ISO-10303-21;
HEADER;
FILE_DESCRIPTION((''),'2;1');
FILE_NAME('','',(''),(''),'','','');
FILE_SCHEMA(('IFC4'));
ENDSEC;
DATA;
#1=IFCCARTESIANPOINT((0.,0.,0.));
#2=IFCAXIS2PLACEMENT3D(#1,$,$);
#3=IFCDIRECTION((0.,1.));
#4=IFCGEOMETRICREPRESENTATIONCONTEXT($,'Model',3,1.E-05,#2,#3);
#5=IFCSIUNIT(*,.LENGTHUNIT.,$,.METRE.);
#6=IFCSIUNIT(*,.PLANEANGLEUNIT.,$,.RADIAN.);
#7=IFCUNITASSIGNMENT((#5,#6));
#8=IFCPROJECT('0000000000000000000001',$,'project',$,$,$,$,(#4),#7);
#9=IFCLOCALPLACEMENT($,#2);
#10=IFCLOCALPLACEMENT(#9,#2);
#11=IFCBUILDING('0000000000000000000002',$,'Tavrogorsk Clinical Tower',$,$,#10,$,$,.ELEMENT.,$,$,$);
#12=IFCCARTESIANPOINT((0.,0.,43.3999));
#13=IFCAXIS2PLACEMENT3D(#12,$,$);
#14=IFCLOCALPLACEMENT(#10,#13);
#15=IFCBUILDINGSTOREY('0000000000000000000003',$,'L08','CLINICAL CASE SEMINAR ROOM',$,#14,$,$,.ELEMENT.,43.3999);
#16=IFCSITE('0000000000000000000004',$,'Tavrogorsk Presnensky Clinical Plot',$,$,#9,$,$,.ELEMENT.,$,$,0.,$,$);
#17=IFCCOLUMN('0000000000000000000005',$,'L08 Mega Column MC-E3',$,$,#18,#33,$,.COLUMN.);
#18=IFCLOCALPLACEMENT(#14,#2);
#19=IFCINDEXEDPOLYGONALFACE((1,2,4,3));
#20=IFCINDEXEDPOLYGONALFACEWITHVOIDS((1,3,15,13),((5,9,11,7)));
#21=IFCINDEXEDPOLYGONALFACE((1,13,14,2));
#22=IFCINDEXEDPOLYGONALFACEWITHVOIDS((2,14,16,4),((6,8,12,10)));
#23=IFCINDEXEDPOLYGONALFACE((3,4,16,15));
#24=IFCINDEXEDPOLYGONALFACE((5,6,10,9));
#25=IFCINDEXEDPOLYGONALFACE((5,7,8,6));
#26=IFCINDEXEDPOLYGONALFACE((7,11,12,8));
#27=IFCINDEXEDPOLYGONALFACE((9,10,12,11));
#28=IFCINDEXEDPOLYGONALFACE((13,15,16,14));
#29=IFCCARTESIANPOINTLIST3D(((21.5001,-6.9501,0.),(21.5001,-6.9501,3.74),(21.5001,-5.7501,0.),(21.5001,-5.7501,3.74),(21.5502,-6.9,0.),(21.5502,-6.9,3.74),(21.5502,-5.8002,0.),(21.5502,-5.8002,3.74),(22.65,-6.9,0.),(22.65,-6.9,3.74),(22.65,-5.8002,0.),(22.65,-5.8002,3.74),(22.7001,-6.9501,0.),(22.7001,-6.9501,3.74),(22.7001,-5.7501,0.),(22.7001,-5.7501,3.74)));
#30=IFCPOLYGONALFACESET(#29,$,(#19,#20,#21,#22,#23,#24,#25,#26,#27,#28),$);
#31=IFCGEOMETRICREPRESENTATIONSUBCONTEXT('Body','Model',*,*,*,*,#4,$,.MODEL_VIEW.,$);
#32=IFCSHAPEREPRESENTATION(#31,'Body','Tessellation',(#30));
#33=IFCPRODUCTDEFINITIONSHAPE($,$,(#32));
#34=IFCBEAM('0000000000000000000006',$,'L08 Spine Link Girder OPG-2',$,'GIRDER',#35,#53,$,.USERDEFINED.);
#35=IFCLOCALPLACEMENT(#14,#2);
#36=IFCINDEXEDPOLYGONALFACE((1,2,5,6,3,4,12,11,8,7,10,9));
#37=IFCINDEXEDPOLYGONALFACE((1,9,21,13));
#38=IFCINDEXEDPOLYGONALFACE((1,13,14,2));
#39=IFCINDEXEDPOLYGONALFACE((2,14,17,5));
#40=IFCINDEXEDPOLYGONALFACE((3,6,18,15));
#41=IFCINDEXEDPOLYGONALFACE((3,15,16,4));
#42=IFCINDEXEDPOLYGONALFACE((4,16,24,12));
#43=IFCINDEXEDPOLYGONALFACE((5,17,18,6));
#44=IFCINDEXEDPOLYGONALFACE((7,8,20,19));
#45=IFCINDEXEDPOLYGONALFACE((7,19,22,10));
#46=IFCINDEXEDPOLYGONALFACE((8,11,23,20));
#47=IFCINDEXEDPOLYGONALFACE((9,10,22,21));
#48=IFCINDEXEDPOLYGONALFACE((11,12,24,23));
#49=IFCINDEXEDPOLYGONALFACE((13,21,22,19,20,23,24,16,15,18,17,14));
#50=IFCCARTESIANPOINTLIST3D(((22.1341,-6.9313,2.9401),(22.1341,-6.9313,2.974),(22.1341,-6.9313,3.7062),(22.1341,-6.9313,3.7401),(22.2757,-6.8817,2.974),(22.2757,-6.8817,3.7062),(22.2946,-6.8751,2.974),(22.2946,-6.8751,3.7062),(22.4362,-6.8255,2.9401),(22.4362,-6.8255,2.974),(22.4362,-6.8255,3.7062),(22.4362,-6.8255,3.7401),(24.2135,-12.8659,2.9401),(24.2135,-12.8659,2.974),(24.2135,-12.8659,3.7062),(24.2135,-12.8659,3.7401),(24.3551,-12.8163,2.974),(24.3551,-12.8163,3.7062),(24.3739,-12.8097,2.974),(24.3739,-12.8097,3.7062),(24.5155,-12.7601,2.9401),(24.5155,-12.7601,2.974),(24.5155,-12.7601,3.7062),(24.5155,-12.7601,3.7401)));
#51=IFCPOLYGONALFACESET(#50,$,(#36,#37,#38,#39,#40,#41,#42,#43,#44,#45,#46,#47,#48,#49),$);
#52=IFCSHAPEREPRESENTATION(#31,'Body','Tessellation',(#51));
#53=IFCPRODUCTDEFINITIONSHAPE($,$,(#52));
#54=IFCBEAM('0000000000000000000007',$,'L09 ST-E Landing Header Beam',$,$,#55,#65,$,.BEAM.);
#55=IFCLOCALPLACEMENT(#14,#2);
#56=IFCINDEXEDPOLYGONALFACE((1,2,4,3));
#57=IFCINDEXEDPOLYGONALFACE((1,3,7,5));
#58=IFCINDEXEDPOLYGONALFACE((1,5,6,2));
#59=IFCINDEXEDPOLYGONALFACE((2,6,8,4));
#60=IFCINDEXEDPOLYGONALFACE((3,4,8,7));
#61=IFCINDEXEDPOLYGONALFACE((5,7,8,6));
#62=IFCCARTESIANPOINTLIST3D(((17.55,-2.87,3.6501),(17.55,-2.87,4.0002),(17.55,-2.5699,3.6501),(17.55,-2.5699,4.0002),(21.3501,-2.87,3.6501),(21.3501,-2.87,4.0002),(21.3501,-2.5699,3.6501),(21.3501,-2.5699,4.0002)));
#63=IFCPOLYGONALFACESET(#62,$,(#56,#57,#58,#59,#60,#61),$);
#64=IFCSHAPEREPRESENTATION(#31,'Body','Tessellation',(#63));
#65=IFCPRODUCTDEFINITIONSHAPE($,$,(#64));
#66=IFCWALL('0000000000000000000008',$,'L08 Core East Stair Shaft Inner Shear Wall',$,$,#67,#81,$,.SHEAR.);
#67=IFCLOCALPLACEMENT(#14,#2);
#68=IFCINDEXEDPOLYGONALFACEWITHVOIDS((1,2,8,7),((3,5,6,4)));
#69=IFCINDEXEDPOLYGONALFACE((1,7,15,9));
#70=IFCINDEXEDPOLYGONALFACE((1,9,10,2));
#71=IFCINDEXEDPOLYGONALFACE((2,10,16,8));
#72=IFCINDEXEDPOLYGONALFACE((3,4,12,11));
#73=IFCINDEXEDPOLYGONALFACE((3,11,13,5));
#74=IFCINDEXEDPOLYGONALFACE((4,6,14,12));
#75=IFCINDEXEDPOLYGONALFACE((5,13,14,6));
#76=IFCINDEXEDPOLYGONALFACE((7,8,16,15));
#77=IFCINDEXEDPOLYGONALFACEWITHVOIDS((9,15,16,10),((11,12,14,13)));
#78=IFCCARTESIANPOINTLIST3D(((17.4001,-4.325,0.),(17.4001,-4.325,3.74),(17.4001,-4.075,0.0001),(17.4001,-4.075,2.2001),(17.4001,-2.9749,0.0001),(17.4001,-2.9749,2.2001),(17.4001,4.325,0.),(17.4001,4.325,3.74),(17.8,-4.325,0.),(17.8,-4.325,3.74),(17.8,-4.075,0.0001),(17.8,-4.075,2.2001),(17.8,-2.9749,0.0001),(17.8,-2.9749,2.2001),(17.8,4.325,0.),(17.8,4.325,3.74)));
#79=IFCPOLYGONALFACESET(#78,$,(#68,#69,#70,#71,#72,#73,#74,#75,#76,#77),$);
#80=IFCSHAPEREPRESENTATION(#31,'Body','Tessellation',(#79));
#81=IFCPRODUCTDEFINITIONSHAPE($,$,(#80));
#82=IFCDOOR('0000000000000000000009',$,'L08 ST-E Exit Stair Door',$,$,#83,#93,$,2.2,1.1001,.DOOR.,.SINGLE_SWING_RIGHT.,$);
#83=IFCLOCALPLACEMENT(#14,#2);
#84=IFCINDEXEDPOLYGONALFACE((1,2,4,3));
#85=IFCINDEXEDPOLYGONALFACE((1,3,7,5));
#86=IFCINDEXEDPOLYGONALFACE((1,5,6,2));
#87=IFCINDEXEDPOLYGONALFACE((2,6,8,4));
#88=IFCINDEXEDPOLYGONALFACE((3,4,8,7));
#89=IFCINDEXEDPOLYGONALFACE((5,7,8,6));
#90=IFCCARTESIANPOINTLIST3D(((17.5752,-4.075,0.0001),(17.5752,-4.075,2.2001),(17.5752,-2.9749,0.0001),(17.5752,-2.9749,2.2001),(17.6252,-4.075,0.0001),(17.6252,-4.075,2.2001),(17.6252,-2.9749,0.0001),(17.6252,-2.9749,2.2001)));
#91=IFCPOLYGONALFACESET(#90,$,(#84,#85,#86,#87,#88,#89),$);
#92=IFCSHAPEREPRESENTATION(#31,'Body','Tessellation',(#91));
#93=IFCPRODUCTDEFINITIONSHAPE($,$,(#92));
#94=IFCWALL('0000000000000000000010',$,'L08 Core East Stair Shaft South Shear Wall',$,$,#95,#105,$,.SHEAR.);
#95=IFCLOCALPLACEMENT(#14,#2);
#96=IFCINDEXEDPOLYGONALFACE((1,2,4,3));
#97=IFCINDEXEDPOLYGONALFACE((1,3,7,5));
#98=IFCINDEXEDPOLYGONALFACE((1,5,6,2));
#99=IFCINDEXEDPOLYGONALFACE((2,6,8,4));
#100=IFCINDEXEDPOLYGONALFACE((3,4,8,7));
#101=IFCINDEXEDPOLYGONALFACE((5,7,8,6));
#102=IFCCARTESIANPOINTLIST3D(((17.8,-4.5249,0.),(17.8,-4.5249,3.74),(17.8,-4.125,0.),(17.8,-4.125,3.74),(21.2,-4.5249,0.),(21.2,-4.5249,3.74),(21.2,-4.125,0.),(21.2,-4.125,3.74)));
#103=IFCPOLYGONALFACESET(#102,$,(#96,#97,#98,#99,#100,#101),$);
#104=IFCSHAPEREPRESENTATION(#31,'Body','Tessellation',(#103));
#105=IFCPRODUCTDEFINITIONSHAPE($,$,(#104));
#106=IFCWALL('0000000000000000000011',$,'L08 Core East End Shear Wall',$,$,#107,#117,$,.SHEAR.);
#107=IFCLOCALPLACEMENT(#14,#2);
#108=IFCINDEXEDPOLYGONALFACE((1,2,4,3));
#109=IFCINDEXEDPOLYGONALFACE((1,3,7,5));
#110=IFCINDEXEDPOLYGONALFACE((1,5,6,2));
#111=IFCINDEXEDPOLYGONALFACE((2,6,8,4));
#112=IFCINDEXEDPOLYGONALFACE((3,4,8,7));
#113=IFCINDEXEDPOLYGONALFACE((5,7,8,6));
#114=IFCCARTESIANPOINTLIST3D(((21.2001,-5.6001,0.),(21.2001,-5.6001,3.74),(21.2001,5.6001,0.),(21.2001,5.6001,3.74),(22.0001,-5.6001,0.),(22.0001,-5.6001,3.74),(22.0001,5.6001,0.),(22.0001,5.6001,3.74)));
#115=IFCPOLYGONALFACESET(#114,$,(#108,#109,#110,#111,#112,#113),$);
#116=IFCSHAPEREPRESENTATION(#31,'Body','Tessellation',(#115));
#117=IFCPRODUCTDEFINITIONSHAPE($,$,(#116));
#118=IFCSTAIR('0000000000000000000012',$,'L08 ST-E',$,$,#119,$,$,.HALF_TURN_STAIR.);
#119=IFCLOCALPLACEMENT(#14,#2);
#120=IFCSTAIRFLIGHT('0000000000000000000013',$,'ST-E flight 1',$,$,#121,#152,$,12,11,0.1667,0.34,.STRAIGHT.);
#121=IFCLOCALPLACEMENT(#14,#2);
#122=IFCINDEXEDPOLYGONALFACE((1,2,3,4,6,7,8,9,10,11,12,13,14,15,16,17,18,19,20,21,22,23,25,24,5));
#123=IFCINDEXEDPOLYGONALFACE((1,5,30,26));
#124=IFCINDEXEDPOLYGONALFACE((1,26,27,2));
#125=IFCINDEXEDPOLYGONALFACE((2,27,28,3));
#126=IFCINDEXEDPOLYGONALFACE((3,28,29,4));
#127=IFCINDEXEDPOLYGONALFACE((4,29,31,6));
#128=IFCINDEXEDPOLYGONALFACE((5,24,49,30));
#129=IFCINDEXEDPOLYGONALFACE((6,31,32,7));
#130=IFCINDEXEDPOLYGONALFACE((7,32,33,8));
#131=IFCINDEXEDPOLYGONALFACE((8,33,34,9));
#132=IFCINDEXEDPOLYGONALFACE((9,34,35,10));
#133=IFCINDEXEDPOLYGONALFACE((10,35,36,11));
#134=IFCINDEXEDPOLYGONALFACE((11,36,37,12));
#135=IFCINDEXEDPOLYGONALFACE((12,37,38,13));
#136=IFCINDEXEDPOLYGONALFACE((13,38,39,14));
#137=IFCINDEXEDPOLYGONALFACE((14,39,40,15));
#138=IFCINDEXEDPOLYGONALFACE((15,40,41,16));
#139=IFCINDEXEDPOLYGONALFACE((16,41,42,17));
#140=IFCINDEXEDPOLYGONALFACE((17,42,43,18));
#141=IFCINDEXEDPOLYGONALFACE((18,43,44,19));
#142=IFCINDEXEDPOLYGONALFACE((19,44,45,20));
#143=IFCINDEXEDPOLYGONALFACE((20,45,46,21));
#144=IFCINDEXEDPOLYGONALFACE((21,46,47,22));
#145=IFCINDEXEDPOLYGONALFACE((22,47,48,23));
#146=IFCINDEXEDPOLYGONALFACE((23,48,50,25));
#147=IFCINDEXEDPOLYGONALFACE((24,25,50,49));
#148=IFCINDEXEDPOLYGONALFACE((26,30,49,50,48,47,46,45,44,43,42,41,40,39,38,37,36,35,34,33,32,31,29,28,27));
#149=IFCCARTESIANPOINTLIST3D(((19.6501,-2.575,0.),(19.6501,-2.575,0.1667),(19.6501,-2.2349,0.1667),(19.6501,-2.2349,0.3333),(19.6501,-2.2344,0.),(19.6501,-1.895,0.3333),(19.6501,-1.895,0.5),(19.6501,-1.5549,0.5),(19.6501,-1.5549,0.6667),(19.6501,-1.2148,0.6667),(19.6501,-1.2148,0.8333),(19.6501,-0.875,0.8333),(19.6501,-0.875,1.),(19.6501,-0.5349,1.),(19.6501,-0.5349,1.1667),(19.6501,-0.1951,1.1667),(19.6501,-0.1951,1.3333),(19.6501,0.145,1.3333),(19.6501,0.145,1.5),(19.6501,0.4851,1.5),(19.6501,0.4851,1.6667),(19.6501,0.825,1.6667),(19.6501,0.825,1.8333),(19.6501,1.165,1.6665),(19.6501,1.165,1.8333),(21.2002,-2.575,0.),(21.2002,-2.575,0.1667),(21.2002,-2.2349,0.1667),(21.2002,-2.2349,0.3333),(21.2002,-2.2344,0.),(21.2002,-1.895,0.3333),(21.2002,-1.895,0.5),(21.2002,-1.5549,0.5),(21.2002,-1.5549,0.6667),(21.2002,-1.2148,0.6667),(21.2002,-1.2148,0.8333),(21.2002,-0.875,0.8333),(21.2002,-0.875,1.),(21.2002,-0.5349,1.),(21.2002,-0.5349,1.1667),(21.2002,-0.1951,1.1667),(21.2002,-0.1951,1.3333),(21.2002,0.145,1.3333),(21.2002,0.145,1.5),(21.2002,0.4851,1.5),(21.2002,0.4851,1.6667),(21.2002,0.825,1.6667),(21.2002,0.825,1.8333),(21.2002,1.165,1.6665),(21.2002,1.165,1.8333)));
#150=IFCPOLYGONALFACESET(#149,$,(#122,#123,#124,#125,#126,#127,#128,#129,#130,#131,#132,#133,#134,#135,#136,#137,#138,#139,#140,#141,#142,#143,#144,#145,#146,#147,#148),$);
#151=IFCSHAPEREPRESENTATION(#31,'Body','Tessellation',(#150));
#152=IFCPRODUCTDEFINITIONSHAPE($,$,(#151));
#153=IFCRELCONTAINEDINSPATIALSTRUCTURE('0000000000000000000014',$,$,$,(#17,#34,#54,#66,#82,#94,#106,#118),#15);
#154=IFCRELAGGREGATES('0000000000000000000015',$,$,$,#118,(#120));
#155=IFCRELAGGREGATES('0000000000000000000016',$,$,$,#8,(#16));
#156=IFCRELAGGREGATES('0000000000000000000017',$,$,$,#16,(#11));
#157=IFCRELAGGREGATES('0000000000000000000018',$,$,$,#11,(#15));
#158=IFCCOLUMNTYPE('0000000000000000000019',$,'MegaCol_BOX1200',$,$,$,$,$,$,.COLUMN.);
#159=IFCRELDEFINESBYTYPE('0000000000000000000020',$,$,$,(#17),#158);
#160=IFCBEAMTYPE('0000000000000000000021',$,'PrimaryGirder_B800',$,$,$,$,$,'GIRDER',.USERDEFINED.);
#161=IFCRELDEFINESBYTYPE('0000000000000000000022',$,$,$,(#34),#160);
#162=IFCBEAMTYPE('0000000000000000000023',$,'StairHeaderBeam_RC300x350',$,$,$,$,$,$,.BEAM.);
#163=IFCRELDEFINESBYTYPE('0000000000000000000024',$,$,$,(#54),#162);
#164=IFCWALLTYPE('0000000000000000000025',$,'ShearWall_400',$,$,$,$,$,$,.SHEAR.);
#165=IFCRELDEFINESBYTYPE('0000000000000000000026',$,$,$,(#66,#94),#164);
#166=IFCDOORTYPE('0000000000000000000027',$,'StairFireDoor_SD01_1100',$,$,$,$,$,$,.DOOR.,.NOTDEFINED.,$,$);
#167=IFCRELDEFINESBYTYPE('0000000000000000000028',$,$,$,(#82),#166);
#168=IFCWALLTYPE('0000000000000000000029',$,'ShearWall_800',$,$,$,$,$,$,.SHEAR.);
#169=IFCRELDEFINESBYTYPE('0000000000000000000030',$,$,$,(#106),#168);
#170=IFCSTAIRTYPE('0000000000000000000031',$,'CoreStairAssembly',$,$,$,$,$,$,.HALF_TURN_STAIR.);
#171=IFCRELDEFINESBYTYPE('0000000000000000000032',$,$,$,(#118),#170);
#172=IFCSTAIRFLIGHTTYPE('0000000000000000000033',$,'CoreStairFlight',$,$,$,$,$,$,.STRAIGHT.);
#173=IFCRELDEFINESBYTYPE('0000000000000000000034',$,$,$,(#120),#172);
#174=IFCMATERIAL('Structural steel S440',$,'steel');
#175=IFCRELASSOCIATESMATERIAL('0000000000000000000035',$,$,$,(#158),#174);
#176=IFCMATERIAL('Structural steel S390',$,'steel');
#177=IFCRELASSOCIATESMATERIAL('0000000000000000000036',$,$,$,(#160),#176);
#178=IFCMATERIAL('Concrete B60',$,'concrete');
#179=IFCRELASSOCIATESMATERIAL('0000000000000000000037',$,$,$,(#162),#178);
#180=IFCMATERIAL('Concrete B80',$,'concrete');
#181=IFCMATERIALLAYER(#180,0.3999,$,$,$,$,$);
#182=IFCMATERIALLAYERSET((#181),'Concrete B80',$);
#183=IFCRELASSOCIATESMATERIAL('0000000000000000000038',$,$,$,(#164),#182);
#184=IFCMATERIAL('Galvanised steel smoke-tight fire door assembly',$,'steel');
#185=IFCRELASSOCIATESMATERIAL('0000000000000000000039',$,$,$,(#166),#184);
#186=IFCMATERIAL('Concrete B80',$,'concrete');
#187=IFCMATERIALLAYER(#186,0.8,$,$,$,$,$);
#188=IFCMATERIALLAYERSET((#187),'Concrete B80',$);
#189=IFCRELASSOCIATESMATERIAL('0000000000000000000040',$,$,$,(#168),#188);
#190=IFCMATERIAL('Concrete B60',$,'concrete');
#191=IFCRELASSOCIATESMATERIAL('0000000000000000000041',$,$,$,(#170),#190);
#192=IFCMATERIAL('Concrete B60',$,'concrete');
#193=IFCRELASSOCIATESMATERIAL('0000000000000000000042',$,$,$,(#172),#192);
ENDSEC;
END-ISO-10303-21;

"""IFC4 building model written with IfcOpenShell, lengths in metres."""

from ifc_helpers import new_model, si_unit, direction, frame, frame_2d, origin, origin_2d, place, context, subcontext, project, spatial, polyline, rectangle, hollow_rectangle, i_section, outline, extrude, material, layer, layer_set, material_profile, profile_set, type_object, element, fill, aggregate, save


model = new_model("IFC4")

# Units and contexts
model_context = context("Model", 3, precision=1e-05, world=origin(), true_north=direction((0.0, 1.0)))
body_context = subcontext(model_context, "Body", "Model", "MODEL_VIEW")
ifc_project = project(units=[si_unit("LENGTHUNIT", "METRE"), si_unit("PLANEANGLEUNIT", "RADIAN")], contexts=[model_context])

# Site, building, storey
site_placement = place(None, origin())
site = spatial("IfcSite", under=ifc_project, at=site_placement, Name="Tavrogorsk Presnensky Clinical Plot", CompositionType="ELEMENT", RefElevation=0.0)
building_placement = place(site_placement, origin())
building = spatial("IfcBuilding", under=site, at=building_placement, Name="Tavrogorsk Clinical Tower", CompositionType="ELEMENT")
storey_placement = place(building_placement, frame((0.0, 0.0, 43.3999)))
storey = spatial("IfcBuildingStorey", under=building, at=storey_placement, Name="L08", Description="CLINICAL CASE SEMINAR ROOM", CompositionType="ELEMENT", Elevation=43.3999)

# Column
ifc_material_1 = material(Name="Structural steel S440", Category="steel")
ifc_material_profile_1 = material_profile(ifc_material_1, hollow_rectangle(XDim=1.2, YDim=1.2, WallThickness=0.05, at=origin_2d()), Name="BOX-1200x1200x50")
ifc_profile_set_1 = profile_set([ifc_material_profile_1], Name="Structural steel S440")
column_type = type_object("IfcColumnType", Name="MegaCol_BOX1200", PredefinedType="COLUMN", material=ifc_profile_set_1)
column_placement = place(storey_placement, frame((22.1001, -6.3501, 0.0), z_axis=(0.0, 0.0, 1.0), x_axis=(1.0, 0.0, 0.0)))
element("IfcColumn", 1, at=column_placement, inside=storey, type_object=column_type, Name="L08 Mega Column MC-E3", PredefinedType="COLUMN", context=body_context, shape_type="SweptSolid", body=[
    extrude(hollow_rectangle(XDim=1.2, YDim=1.2, WallThickness=0.05, at=origin_2d()), origin(), (0.0, 0.0, 1.0), 3.74),
])

# Beams
ifc_material_2 = material(Name="Structural steel S390", Category="steel")
ifc_material_profile_2 = material_profile(ifc_material_2, i_section(OverallWidth=0.3201, OverallDepth=0.8, WebThickness=0.02, FlangeThickness=0.0339, at=origin_2d()), Name="B-800x320x20x34")
ifc_profile_set_2 = profile_set([ifc_material_profile_2], Name="Structural steel S390")
beam_type_1 = type_object("IfcBeamType", Name="PrimaryGirder_B800", ElementType="GIRDER", PredefinedType="USERDEFINED", material=ifc_profile_set_2)
beam_1_placement = place(storey_placement, frame((24.3645, -12.813, 3.3401), z_axis=(-0.330669, 0.943747, 0.0), x_axis=(-0.943747, -0.330669, 0.0)))
element("IfcBeam", 2, at=beam_1_placement, inside=storey, type_object=beam_type_1, Name="L08 Spine Link Girder OPG-2", ObjectType="GIRDER", PredefinedType="USERDEFINED", context=body_context, shape_type="SweptSolid", body=[
    extrude(i_section(OverallWidth=0.3201, OverallDepth=0.8, WebThickness=0.02, FlangeThickness=0.0339, at=origin_2d()), origin(), (0.0, 0.0, 1.0), 6.2883),
])
ifc_material_3 = material(Name="Concrete B60", Category="concrete")
ifc_material_profile_3 = material_profile(ifc_material_3, rectangle(XDim=0.3, YDim=0.3501, at=origin_2d()), Name="RC-SHB-300x350")
ifc_profile_set_3 = profile_set([ifc_material_profile_3], Name="Concrete B60")
beam_type_2 = type_object("IfcBeamType", Name="StairHeaderBeam_RC300x350", PredefinedType="BEAM", material=ifc_profile_set_3)
beam_2_placement = place(storey_placement, frame((17.55, -2.72, 3.8252), z_axis=(1.0, 0.0, 0.0), x_axis=(0.0, 1.0, 0.0)))
element("IfcBeam", 3, at=beam_2_placement, inside=storey, type_object=beam_type_2, Name="L09 ST-E Landing Header Beam", PredefinedType="BEAM", context=body_context, shape_type="SweptSolid", body=[
    extrude(rectangle(XDim=0.3, YDim=0.3501, at=origin_2d()), origin(), (0.0, 0.0, 1.0), 3.8),
])

# Wall, opening, door
ifc_material_4 = material(Name="Concrete B80", Category="concrete")
ifc_layer_1 = layer(ifc_material_4, 0.3999)
ifc_layer_set_1 = layer_set([ifc_layer_1], Name="Concrete B80")
wall_type_1 = type_object("IfcWallType", Name="ShearWall_400", PredefinedType="SHEAR", material=ifc_layer_set_1)
wall_1_placement = place(storey_placement, frame((17.6001, -4.325, 0.0), z_axis=(0.0, 0.0, 1.0), x_axis=(0.0, 1.0, 0.0)))
wall_1 = element("IfcWall", 4, at=wall_1_placement, inside=storey, type_object=wall_type_1, Name="L08 Core East Stair Shaft Inner Shear Wall", PredefinedType="SHEAR", context=body_context, shape_type="SweptSolid", body=[
    extrude(rectangle(XDim=8.6499, YDim=0.3999, at=frame_2d((4.325, 0.0))), origin(), (0.0, 0.0, 1.0), 3.74),
])
opening_placement = place(wall_1_placement, frame((0.25, 0.0, 0.0)))
opening = element("IfcOpeningElement", 5, at=opening_placement, cuts=wall_1, PredefinedType="OPENING", context=body_context, shape_type="SweptSolid", body=[
    extrude(rectangle(XDim=1.1001, YDim=2.2, at=frame_2d((0.55, 1.1001))), frame((0.0, 0.21, 0.0), z_axis=(0.0, -1.0, 0.0), x_axis=(1.0, 0.0, 0.0)), (0.0, 0.0, 1.0), 0.4199),
])
ifc_material_5 = material(Name="Galvanised steel smoke-tight fire door assembly", Category="steel")
door_type = type_object("IfcDoorType", Name="StairFireDoor_SD01_1100", OperationType="NOTDEFINED", PredefinedType="DOOR", material=ifc_material_5)
door_placement = place(opening_placement, origin())
door = element("IfcDoor", 6, at=door_placement, inside=storey, type_object=door_type, Name="L08 ST-E Exit Stair Door", OperationType="SINGLE_SWING_RIGHT", OverallHeight=2.2, OverallWidth=1.1001, PredefinedType="DOOR", context=body_context, shape_type="SweptSolid", body=[
    extrude(rectangle(XDim=1.1001, YDim=2.2, at=frame_2d((0.55, 1.1001))), frame((0.0, 0.0249, 0.0), z_axis=(0.0, -1.0, 0.0), x_axis=(1.0, 0.0, 0.0)), (0.0, 0.0, 1.0), 0.05),
])
fill(opening, door)

# Walls
wall_2_placement = place(storey_placement, frame((17.8, -4.325, 0.0), z_axis=(0.0, 0.0, 1.0), x_axis=(1.0, 0.0, 0.0)))
element("IfcWall", 7, at=wall_2_placement, inside=storey, type_object=wall_type_1, Name="L08 Core East Stair Shaft South Shear Wall", PredefinedType="SHEAR", context=body_context, shape_type="SweptSolid", body=[
    extrude(rectangle(XDim=3.3999, YDim=0.3999, at=frame_2d((1.7, 0.0))), origin(), (0.0, 0.0, 1.0), 3.74),
])
ifc_material_6 = material(Name="Concrete B80", Category="concrete")
ifc_layer_2 = layer(ifc_material_6, 0.8)
ifc_layer_set_2 = layer_set([ifc_layer_2], Name="Concrete B80")
wall_type_2 = type_object("IfcWallType", Name="ShearWall_800", PredefinedType="SHEAR", material=ifc_layer_set_2)
wall_3_placement = place(storey_placement, frame((21.6001, -5.6001, 0.0), z_axis=(0.0, 0.0, 1.0), x_axis=(0.0, 1.0, 0.0)))
element("IfcWall", 8, at=wall_3_placement, inside=storey, type_object=wall_type_2, Name="L08 Core East End Shear Wall", PredefinedType="SHEAR", context=body_context, shape_type="SweptSolid", body=[
    extrude(rectangle(XDim=11.2002, YDim=0.8, at=frame_2d((5.6001, 0.0))), origin(), (0.0, 0.0, 1.0), 3.74),
])

# Stair, stair flight
ifc_material_7 = material(Name="Concrete B60", Category="concrete")
stair_type = type_object("IfcStairType", Name="CoreStairAssembly", PredefinedType="HALF_TURN_STAIR", material=ifc_material_7)
stair_placement = place(storey_placement, origin())
stair = element("IfcStair", 9, at=stair_placement, inside=storey, type_object=stair_type, Name="L08 ST-E", PredefinedType="HALF_TURN_STAIR")
ifc_material_8 = material(Name="Concrete B60", Category="concrete")
stair_flight_type = type_object("IfcStairFlightType", Name="CoreStairFlight", PredefinedType="STRAIGHT", material=ifc_material_8)
stair_flight_placement = place(storey_placement, frame((20.425, -2.575, 0.0), z_axis=(0.0, 0.0, 1.0), x_axis=(0.0, 1.0, 0.0)))
stair_flight = element("IfcStairFlight", 10, at=stair_flight_placement, type_object=stair_flight_type, Name="ST-E flight 1", NumberOfRisers=12, NumberOfTreads=11, PredefinedType="STRAIGHT", RiserHeight=0.1667, TreadLength=0.34, context=body_context, shape_type="SweptSolid", body=[
    extrude(outline(polyline([(0.0, 0.0), (0.0, 0.1667), (0.3401, 0.1667), (0.3401, 0.3333), (0.6799, 0.3333), (0.6799, 0.5), (1.02, 0.5), (1.02, 0.6667), (1.3601, 0.6667), (1.3601, 0.8333), (1.7, 0.8333), (1.7, 1.0), (2.04, 1.0), (2.04, 1.1667), (2.3799, 1.1667), (2.3799, 1.3333), (2.72, 1.3333), (2.72, 1.5), (3.0601, 1.5), (3.0601, 1.6667), (3.3999, 1.6667), (3.3999, 1.8333), (3.74, 1.8333), (3.74, 2.0), (3.74, 1.6665), (0.3406, 0.0), (0.0, 0.0)])), frame((0.0, 0.7749, 0.0), z_axis=(0.0, -1.0, 0.0), x_axis=(1.0, 0.0, 0.0)), (0.0, 0.0, 1.0), 1.55),
])
aggregate(stair, [stair_flight])

save(model, "model.ifc")
